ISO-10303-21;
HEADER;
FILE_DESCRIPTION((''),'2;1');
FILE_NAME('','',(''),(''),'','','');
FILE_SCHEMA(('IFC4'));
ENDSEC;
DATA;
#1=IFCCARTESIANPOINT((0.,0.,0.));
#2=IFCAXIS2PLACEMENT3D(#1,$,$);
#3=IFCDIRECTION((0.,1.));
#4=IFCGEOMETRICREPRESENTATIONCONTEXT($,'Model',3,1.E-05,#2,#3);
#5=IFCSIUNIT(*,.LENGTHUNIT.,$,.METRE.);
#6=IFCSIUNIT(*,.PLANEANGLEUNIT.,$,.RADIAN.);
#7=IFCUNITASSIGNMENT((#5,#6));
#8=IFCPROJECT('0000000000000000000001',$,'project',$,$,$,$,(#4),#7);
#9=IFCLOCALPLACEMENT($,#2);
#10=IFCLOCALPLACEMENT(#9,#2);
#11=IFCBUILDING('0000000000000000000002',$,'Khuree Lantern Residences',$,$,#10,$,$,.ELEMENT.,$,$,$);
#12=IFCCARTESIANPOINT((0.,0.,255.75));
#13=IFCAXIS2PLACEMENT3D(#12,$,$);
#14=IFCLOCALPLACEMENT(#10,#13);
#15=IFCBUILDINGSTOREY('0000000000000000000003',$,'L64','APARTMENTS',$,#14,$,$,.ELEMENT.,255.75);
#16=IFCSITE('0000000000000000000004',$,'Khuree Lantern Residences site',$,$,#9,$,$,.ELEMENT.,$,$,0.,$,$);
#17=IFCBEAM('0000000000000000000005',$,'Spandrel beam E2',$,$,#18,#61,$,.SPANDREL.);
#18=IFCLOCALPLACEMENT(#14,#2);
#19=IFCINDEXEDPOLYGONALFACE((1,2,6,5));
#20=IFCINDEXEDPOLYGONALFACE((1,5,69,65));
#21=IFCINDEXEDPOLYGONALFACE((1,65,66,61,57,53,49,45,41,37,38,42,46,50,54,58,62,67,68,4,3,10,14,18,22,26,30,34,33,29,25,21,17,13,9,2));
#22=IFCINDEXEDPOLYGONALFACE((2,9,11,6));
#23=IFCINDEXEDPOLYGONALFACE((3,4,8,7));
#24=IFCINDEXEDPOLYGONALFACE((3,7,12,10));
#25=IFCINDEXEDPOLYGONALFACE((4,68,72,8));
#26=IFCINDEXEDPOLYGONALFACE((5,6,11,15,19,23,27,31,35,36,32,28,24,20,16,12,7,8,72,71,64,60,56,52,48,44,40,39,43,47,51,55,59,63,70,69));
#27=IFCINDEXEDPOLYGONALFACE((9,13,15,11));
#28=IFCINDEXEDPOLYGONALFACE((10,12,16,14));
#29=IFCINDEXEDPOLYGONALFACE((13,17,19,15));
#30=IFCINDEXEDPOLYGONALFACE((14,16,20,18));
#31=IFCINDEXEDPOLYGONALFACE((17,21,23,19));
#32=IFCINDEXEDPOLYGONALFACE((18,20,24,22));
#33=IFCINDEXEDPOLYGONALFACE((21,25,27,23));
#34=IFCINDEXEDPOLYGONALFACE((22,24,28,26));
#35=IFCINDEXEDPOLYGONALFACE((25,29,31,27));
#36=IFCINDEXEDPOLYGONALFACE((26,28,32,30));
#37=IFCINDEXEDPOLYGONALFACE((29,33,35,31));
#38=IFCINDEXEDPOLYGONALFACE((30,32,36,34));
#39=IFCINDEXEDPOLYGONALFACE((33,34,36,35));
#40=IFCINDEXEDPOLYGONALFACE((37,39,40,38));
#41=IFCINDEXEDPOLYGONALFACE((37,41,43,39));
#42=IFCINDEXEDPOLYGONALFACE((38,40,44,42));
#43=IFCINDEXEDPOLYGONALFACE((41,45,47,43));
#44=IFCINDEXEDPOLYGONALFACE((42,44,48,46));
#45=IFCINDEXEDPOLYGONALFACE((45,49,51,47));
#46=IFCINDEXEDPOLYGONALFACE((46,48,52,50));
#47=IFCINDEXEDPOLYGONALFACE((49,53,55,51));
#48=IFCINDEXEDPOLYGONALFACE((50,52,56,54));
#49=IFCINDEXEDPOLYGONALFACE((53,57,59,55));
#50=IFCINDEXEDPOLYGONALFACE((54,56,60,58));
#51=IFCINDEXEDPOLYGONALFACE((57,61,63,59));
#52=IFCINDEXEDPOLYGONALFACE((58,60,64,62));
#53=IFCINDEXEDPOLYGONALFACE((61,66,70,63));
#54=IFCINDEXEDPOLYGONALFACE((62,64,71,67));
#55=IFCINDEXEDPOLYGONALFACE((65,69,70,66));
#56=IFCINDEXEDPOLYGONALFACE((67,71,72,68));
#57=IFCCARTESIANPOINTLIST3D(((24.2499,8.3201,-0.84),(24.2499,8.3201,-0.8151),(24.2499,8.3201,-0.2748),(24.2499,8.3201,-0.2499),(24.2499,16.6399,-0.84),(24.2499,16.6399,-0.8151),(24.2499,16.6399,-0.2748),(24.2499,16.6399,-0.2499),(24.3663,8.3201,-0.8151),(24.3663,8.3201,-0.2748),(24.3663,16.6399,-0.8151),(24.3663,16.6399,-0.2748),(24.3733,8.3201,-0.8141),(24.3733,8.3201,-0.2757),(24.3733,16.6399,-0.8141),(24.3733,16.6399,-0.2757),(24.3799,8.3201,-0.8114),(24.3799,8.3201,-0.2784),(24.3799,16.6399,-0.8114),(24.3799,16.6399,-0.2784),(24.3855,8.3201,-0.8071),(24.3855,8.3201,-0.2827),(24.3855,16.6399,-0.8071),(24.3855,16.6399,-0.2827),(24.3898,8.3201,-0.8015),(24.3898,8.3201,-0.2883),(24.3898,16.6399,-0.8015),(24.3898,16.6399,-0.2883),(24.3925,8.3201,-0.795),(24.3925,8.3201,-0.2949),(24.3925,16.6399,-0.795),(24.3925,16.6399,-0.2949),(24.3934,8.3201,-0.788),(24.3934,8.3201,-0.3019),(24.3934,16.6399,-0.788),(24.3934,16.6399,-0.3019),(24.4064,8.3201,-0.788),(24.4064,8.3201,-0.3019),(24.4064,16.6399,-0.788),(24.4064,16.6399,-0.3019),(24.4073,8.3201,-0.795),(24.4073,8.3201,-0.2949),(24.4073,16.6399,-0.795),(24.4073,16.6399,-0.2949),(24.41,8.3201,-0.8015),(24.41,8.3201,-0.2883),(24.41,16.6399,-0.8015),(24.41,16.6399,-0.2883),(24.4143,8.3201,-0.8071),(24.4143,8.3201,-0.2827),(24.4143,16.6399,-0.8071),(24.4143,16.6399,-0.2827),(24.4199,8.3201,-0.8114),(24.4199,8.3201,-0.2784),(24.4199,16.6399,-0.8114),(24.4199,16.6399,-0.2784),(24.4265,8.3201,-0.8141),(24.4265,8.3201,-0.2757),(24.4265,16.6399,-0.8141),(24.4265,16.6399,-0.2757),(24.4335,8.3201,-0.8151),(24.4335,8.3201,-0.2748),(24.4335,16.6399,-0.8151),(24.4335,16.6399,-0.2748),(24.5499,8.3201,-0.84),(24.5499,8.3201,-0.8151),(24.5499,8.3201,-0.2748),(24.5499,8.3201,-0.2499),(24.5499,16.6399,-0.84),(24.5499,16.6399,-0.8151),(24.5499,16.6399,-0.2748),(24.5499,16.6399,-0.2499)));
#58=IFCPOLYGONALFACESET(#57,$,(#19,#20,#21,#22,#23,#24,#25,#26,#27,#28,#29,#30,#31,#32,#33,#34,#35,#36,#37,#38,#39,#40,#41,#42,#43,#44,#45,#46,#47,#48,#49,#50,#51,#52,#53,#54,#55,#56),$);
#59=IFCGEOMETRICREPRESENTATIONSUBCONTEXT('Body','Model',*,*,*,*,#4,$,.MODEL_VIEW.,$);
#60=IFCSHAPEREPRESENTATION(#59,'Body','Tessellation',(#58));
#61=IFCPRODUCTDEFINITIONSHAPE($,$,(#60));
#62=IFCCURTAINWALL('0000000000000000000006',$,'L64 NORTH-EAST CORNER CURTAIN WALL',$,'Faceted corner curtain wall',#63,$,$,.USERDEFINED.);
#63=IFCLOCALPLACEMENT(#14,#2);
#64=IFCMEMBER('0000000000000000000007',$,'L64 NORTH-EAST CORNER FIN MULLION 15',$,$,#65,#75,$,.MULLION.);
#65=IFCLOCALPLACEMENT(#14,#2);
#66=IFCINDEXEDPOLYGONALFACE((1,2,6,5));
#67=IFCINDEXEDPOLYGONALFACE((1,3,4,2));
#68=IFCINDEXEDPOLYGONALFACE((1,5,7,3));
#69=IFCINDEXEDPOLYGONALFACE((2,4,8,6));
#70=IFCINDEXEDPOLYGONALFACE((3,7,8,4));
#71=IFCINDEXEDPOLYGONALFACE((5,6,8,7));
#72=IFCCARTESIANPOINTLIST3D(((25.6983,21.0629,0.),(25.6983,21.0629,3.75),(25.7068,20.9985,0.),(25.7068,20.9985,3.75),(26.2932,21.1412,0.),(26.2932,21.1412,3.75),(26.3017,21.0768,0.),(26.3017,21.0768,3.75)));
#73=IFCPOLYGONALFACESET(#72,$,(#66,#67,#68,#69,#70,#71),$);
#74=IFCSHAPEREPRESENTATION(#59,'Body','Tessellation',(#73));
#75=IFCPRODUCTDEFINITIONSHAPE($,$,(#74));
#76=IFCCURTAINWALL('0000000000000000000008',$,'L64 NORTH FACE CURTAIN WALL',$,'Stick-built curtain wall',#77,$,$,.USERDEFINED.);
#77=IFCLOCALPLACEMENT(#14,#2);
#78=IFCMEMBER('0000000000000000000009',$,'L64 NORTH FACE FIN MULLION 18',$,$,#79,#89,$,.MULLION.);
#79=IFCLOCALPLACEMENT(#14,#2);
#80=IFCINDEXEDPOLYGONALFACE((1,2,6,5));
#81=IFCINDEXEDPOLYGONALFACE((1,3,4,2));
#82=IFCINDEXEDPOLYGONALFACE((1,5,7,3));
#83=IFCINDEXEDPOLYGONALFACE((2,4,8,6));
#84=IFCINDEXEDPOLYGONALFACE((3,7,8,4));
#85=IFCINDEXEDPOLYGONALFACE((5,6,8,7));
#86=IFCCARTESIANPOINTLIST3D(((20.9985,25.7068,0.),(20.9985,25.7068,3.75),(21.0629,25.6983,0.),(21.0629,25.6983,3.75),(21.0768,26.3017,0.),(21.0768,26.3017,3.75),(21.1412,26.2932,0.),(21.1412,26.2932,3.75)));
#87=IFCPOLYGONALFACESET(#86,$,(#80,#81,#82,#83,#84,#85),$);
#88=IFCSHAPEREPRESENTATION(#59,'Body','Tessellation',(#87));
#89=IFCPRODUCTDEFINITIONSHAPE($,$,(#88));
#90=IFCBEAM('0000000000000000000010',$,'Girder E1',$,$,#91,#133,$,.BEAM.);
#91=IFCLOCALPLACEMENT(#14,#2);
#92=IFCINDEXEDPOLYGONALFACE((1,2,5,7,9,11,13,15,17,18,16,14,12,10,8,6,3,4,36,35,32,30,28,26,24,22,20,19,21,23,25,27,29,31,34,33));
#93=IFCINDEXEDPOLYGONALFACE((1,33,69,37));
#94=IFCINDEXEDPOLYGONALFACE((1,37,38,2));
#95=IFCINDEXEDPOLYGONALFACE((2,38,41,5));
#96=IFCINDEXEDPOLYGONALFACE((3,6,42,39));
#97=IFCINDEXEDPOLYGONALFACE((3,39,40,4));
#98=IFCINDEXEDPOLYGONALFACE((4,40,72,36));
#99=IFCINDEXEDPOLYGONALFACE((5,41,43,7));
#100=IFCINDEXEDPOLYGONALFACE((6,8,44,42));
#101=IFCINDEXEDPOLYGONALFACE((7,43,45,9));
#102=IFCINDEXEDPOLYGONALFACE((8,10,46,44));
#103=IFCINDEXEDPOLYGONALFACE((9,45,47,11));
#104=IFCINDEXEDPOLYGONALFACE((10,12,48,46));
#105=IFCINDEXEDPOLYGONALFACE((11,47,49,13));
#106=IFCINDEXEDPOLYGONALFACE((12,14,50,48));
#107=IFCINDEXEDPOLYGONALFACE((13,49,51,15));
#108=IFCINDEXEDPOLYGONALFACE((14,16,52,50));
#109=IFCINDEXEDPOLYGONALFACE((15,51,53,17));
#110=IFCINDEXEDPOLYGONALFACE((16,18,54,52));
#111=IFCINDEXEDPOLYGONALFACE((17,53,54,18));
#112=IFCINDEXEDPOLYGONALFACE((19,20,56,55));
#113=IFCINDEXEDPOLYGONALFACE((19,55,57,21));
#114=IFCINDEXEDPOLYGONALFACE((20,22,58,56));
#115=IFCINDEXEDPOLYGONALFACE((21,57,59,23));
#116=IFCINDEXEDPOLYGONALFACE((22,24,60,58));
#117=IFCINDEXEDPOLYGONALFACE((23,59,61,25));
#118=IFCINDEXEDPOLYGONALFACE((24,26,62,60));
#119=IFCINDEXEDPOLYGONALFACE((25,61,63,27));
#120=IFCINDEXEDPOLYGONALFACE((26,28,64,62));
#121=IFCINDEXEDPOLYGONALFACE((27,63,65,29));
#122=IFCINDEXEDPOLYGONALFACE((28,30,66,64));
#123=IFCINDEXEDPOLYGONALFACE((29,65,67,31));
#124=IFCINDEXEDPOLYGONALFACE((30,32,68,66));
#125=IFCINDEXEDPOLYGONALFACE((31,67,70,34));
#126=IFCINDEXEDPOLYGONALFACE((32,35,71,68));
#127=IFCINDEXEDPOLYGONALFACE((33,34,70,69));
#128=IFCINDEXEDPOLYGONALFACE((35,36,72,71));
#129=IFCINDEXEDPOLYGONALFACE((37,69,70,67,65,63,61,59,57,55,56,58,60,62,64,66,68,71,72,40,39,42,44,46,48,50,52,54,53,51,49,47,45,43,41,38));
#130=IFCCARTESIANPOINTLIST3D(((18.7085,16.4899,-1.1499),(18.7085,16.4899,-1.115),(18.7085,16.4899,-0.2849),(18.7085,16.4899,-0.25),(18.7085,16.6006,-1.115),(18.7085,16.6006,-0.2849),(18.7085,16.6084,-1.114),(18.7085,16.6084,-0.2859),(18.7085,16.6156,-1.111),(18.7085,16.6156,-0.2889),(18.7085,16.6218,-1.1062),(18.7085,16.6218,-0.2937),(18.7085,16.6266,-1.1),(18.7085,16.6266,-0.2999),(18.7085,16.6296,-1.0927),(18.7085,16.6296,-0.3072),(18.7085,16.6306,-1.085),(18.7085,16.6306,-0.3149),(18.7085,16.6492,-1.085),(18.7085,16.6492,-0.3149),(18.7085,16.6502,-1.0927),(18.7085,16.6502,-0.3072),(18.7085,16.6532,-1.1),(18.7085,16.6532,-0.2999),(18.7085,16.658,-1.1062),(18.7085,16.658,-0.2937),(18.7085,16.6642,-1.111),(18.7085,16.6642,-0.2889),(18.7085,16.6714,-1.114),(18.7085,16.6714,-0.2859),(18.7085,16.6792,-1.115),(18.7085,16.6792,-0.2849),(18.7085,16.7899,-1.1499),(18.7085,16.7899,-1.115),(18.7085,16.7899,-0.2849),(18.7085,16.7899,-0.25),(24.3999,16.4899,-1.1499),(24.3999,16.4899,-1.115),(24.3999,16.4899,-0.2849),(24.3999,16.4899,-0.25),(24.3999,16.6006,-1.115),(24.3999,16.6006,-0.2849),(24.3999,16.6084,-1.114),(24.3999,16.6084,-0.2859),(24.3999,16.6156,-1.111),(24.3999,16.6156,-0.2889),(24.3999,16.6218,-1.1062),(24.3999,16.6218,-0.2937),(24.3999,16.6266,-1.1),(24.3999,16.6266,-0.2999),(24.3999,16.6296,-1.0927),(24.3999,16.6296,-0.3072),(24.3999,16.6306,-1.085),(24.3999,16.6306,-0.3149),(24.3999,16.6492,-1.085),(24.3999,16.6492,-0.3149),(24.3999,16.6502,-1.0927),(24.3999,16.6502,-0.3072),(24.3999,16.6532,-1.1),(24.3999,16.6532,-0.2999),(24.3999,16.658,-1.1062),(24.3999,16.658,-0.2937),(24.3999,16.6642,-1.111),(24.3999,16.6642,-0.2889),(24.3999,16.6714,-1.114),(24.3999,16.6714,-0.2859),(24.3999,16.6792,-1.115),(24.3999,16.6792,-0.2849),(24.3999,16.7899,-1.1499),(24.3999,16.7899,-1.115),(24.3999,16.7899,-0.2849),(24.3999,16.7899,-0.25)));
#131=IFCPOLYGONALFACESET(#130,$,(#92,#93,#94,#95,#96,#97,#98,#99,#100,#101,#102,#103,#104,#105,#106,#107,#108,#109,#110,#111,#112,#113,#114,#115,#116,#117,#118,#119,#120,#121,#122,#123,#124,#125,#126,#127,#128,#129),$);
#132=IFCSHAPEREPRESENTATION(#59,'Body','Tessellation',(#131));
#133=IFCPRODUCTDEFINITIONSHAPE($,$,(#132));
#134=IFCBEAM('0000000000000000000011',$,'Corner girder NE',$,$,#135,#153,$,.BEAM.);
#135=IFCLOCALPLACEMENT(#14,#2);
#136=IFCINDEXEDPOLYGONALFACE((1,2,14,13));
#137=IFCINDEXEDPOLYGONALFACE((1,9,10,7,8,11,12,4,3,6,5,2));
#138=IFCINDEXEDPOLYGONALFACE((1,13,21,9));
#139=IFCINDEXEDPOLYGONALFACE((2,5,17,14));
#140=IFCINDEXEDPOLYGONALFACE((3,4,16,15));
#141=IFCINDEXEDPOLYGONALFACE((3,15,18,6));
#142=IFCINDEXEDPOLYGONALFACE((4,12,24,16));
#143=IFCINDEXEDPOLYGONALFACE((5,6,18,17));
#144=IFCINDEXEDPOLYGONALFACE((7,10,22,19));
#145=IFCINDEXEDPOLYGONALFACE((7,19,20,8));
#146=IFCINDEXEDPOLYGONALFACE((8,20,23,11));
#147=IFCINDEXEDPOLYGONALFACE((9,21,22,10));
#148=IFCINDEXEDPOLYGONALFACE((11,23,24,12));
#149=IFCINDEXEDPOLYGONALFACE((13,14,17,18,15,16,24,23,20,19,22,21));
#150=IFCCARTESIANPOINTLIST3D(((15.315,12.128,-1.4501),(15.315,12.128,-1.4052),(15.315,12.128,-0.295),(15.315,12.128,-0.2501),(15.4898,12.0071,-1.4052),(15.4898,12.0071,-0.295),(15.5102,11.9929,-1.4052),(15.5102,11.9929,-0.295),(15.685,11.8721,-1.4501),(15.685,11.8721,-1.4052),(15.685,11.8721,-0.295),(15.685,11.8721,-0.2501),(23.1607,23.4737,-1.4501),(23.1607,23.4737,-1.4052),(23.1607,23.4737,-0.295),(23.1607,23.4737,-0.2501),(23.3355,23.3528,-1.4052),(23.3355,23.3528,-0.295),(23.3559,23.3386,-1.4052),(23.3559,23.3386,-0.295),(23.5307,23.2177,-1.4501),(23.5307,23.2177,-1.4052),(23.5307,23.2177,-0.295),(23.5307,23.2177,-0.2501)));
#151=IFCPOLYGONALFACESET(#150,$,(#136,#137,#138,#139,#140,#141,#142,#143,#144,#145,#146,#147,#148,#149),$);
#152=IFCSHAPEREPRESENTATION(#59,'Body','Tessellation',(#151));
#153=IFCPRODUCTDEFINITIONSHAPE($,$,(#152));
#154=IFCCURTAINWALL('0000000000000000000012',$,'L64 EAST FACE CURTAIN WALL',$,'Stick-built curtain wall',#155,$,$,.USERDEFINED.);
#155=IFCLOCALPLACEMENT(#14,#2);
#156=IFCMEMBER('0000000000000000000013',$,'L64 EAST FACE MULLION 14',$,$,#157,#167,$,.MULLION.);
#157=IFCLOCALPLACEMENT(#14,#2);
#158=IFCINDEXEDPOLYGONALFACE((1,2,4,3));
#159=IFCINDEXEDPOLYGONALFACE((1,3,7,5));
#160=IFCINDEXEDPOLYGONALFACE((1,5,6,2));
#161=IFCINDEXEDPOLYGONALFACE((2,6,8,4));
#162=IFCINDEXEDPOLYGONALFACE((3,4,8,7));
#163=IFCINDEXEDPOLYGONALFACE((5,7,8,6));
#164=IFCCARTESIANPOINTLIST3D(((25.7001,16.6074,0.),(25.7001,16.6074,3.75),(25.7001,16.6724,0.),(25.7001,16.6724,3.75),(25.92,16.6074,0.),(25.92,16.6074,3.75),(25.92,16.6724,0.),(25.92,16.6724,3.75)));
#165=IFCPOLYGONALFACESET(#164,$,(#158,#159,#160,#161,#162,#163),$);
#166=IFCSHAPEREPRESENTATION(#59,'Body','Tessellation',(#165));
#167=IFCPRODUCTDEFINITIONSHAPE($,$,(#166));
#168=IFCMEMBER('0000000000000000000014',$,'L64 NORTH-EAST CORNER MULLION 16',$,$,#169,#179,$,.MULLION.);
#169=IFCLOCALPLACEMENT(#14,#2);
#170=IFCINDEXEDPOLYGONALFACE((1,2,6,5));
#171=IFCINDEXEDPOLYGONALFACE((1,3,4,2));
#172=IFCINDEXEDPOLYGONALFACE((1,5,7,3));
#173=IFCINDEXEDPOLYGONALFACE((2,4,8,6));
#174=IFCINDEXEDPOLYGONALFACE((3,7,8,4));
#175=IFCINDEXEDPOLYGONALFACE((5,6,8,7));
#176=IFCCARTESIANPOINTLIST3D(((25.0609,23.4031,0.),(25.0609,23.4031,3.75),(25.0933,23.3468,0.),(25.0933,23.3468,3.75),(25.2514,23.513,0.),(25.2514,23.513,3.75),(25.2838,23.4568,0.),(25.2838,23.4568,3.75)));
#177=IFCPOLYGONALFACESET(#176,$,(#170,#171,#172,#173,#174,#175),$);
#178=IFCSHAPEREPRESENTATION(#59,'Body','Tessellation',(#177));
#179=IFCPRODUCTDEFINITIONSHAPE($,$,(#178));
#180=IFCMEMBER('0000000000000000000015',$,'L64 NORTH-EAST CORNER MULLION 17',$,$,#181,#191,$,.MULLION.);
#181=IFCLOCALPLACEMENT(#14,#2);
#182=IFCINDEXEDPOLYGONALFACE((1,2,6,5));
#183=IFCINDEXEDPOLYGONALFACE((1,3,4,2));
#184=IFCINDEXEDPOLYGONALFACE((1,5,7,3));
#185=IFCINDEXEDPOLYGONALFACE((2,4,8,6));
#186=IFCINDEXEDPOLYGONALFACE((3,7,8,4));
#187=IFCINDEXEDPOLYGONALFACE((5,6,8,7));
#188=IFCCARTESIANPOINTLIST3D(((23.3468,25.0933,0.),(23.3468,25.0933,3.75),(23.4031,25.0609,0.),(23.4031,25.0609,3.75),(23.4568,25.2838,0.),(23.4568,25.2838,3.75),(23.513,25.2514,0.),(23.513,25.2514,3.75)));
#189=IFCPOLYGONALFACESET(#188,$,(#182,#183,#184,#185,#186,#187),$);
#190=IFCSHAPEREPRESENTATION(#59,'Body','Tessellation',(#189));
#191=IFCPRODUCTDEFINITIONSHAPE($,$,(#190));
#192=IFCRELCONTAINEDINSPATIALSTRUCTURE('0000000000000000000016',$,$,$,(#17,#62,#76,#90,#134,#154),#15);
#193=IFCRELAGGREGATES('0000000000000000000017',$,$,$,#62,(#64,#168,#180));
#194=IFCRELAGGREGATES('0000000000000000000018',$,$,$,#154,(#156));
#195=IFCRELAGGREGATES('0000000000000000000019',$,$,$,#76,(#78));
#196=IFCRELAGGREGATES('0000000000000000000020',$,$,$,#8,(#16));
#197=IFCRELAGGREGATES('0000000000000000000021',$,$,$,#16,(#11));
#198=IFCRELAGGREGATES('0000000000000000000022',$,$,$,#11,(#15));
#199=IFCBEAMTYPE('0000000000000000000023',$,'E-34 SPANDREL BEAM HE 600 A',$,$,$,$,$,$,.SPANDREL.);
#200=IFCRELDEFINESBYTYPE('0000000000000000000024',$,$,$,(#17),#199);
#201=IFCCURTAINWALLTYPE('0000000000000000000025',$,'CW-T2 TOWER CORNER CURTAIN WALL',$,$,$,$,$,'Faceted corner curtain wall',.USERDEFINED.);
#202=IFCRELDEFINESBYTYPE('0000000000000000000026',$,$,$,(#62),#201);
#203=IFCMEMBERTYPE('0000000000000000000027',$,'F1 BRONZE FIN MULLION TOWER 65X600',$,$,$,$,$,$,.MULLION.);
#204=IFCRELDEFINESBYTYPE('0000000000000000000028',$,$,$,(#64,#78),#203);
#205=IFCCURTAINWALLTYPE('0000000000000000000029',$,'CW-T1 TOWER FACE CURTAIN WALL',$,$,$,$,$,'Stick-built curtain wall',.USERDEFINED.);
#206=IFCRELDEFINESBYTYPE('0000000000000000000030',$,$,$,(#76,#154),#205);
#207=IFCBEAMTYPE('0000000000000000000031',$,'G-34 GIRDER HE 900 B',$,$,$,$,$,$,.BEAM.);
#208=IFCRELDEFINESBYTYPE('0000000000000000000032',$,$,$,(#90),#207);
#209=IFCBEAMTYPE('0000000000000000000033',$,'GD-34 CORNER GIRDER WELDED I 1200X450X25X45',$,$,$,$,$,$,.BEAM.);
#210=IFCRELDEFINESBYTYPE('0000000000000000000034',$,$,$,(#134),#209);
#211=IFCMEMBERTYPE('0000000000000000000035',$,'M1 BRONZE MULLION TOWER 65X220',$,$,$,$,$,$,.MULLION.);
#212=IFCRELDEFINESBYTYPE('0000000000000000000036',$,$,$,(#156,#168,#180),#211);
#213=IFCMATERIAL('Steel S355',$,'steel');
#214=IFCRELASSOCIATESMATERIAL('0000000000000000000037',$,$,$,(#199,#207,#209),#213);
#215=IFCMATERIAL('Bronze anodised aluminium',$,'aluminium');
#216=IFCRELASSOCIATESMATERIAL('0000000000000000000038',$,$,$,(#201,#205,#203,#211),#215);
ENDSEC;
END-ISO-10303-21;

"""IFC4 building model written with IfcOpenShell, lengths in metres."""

from ifc_helpers import new_model, si_unit, direction, frame, origin, origin_2d, place, context, subcontext, project, spatial, rectangle, i_section, extrude, material, material_profile, profile_set, type_object, element, aggregate, save


model = new_model("IFC4")

# Units and contexts
model_context = context("Model", 3, precision=1e-05, world=origin(), true_north=direction((0.0, 1.0)))
body_context = subcontext(model_context, "Body", "Model", "MODEL_VIEW")
ifc_project = project(units=[si_unit("LENGTHUNIT", "METRE"), si_unit("PLANEANGLEUNIT", "RADIAN")], contexts=[model_context])

# Site, building, storey
site_placement = place(None, origin())
site = spatial("IfcSite", under=ifc_project, at=site_placement, Name="Khuree Lantern Residences site", CompositionType="ELEMENT", RefElevation=0.0)
building_placement = place(site_placement, origin())
building = spatial("IfcBuilding", under=site, at=building_placement, Name="Khuree Lantern Residences", CompositionType="ELEMENT")
storey_placement = place(building_placement, frame((0.0, 0.0, 255.75)))
storey = spatial("IfcBuildingStorey", under=building, at=storey_placement, Name="L64", Description="APARTMENTS", CompositionType="ELEMENT", Elevation=255.75)

# Beam
ifc_material_1 = material(Name="Steel S355", Category="steel")
ifc_material_profile_1 = material_profile(ifc_material_1, i_section(OverallWidth=0.3, OverallDepth=0.5901, WebThickness=0.0129, FlangeThickness=0.0249, FilletRadius=0.0271, at=origin_2d()), Name="HE 600 A")
ifc_profile_set_1 = profile_set([ifc_material_profile_1], Name="Steel S355")
beam_type_1 = type_object("IfcBeamType", Name="E-34 SPANDREL BEAM HE 600 A", PredefinedType="SPANDREL", material=ifc_profile_set_1)
beam_1_placement = place(storey_placement, frame((24.3999, 16.6399, -0.5449), z_axis=(0.0, -1.0, 0.0), x_axis=(1.0, 0.0, 0.0)))
element("IfcBeam", 1, at=beam_1_placement, inside=storey, type_object=beam_type_1, Name="Spandrel beam E2", PredefinedType="SPANDREL", context=body_context, shape_type="SweptSolid", body=[
    extrude(i_section(OverallWidth=0.3, OverallDepth=0.5901, WebThickness=0.0129, FlangeThickness=0.0249, FilletRadius=0.0271, at=origin_2d()), origin(), (0.0, 0.0, 1.0), 8.3198),
])

# Curtain walls, members
ifc_material_2 = material(Name="Bronze anodised aluminium", Category="aluminium")
curtain_wall_type_1 = type_object("IfcCurtainWallType", Name="CW-T2 TOWER CORNER CURTAIN WALL", ElementType="Faceted corner curtain wall", PredefinedType="USERDEFINED", material=ifc_material_2)
curtain_wall_1_placement = place(storey_placement, origin())
curtain_wall_1 = element("IfcCurtainWall", 2, at=curtain_wall_1_placement, inside=storey, type_object=curtain_wall_type_1, Name="L64 NORTH-EAST CORNER CURTAIN WALL", ObjectType="Faceted corner curtain wall", PredefinedType="USERDEFINED")
ifc_material_profile_2 = material_profile(ifc_material_2, rectangle(XDim=0.0649, YDim=0.6001, at=origin_2d()), Name="F1 65X600")
ifc_profile_set_2 = profile_set([ifc_material_profile_2], Name="Bronze anodised aluminium")
member_type_1 = type_object("IfcMemberType", Name="F1 BRONZE FIN MULLION TOWER 65X600", PredefinedType="MULLION", material=ifc_profile_set_2)
member_1_placement = place(storey_placement, frame((26.0, 21.0698, 0.0), z_axis=(0.0, 0.0, 1.0), x_axis=(-0.130526, 0.991445, 0.0)))
member_1 = element("IfcMember", 3, at=member_1_placement, type_object=member_type_1, Name="L64 NORTH-EAST CORNER FIN MULLION 15", PredefinedType="MULLION", context=body_context, shape_type="SweptSolid", body=[
    extrude(rectangle(XDim=0.0649, YDim=0.6001, at=origin_2d()), origin(), (0.0, 0.0, 1.0), 3.75),
])
curtain_wall_type_2 = type_object("IfcCurtainWallType", Name="CW-T1 TOWER FACE CURTAIN WALL", ElementType="Stick-built curtain wall", PredefinedType="USERDEFINED", material=ifc_material_2)
curtain_wall_2_placement = place(storey_placement, origin())
curtain_wall_2 = element("IfcCurtainWall", 4, at=curtain_wall_2_placement, inside=storey, type_object=curtain_wall_type_2, Name="L64 NORTH FACE CURTAIN WALL", ObjectType="Stick-built curtain wall", PredefinedType="USERDEFINED")
member_2_placement = place(storey_placement, frame((21.0698, 26.0, 0.0), z_axis=(0.0, 0.0, 1.0), x_axis=(-0.991445, 0.130526, 0.0)))
member_2 = element("IfcMember", 5, at=member_2_placement, type_object=member_type_1, Name="L64 NORTH FACE FIN MULLION 18", PredefinedType="MULLION", context=body_context, shape_type="SweptSolid", body=[
    extrude(rectangle(XDim=0.0649, YDim=0.6001, at=origin_2d()), origin(), (0.0, 0.0, 1.0), 3.75),
])

# Beams
ifc_material_profile_3 = material_profile(ifc_material_1, i_section(OverallWidth=0.3, OverallDepth=0.8999, WebThickness=0.0186, FlangeThickness=0.0349, FilletRadius=0.03, at=origin_2d()), Name="HE 900 B")
ifc_profile_set_3 = profile_set([ifc_material_profile_3], Name="Steel S355")
beam_type_2 = type_object("IfcBeamType", Name="G-34 GIRDER HE 900 B", PredefinedType="BEAM", material=ifc_profile_set_3)
beam_2_placement = place(storey_placement, frame((24.3999, 16.6399, -0.7), z_axis=(-1.0, 0.0, 0.0), x_axis=(0.0, -1.0, 0.0)))
element("IfcBeam", 6, at=beam_2_placement, inside=storey, type_object=beam_type_2, Name="Girder E1", PredefinedType="BEAM", context=body_context, shape_type="SweptSolid", body=[
    extrude(i_section(OverallWidth=0.3, OverallDepth=0.8999, WebThickness=0.0186, FlangeThickness=0.0349, FilletRadius=0.03, at=origin_2d()), origin(), (0.0, 0.0, 1.0), 5.6914),
])
ifc_material_profile_4 = material_profile(ifc_material_1, i_section(OverallWidth=0.45, OverallDepth=1.2, WebThickness=0.0249, FlangeThickness=0.0449, at=origin_2d()), Name="WELDED I 1200X450X25X45")
ifc_profile_set_4 = profile_set([ifc_material_profile_4], Name="Steel S355")
beam_type_3 = type_object("IfcBeamType", Name="GD-34 CORNER GIRDER WELDED I 1200X450X25X45", PredefinedType="BEAM", material=ifc_profile_set_4)
beam_3_placement = place(storey_placement, frame((23.3457, 23.3457, -0.8501), z_axis=(-0.568768, -0.822498, 0.0), x_axis=(0.822498, -0.568768, 0.0)))
element("IfcBeam", 7, at=beam_3_placement, inside=storey, type_object=beam_type_3, Name="Corner girder NE", PredefinedType="BEAM", context=body_context, shape_type="SweptSolid", body=[
    extrude(i_section(OverallWidth=0.45, OverallDepth=1.2, WebThickness=0.0249, FlangeThickness=0.0449, at=origin_2d()), origin(), (0.0, 0.0, 1.0), 13.7942),
])

# Curtain wall, member
curtain_wall_3_placement = place(storey_placement, origin())
curtain_wall_3 = element("IfcCurtainWall", 8, at=curtain_wall_3_placement, inside=storey, type_object=curtain_wall_type_2, Name="L64 EAST FACE CURTAIN WALL", ObjectType="Stick-built curtain wall", PredefinedType="USERDEFINED")
ifc_material_profile_5 = material_profile(ifc_material_2, rectangle(XDim=0.0649, YDim=0.22, at=origin_2d()), Name="M1 65X220")
ifc_profile_set_5 = profile_set([ifc_material_profile_5], Name="Bronze anodised aluminium")
member_type_2 = type_object("IfcMemberType", Name="M1 BRONZE MULLION TOWER 65X220", PredefinedType="MULLION", material=ifc_profile_set_5)
member_3_placement = place(storey_placement, frame((25.8101, 16.6399, 0.0), z_axis=(0.0, 0.0, 1.0), x_axis=(0.0, 1.0, 0.0)))
member_3 = element("IfcMember", 9, at=member_3_placement, type_object=member_type_2, Name="L64 EAST FACE MULLION 14", PredefinedType="MULLION", context=body_context, shape_type="SweptSolid", body=[
    extrude(rectangle(XDim=0.0649, YDim=0.22, at=origin_2d()), origin(), (0.0, 0.0, 1.0), 3.75),
])

# Members
member_4_placement = place(storey_placement, frame((25.1724, 23.4299, 0.0), z_axis=(0.0, 0.0, 1.0), x_axis=(-0.5, 0.866025, 0.0)))
member_4 = element("IfcMember", 10, at=member_4_placement, type_object=member_type_2, Name="L64 NORTH-EAST CORNER MULLION 16", PredefinedType="MULLION", context=body_context, shape_type="SweptSolid", body=[
    extrude(rectangle(XDim=0.0649, YDim=0.22, at=origin_2d()), origin(), (0.0, 0.0, 1.0), 3.75),
])
member_5_placement = place(storey_placement, frame((23.4299, 25.1724, 0.0), z_axis=(0.0, 0.0, 1.0), x_axis=(-0.866025, 0.5, 0.0)))
member_5 = element("IfcMember", 11, at=member_5_placement, type_object=member_type_2, Name="L64 NORTH-EAST CORNER MULLION 17", PredefinedType="MULLION", context=body_context, shape_type="SweptSolid", body=[
    extrude(rectangle(XDim=0.0649, YDim=0.22, at=origin_2d()), origin(), (0.0, 0.0, 1.0), 3.75),
])

aggregate(curtain_wall_1, [member_1, member_4, member_5])
aggregate(curtain_wall_3, [member_3])
aggregate(curtain_wall_2, [member_2])

save(model, "model.ifc")
